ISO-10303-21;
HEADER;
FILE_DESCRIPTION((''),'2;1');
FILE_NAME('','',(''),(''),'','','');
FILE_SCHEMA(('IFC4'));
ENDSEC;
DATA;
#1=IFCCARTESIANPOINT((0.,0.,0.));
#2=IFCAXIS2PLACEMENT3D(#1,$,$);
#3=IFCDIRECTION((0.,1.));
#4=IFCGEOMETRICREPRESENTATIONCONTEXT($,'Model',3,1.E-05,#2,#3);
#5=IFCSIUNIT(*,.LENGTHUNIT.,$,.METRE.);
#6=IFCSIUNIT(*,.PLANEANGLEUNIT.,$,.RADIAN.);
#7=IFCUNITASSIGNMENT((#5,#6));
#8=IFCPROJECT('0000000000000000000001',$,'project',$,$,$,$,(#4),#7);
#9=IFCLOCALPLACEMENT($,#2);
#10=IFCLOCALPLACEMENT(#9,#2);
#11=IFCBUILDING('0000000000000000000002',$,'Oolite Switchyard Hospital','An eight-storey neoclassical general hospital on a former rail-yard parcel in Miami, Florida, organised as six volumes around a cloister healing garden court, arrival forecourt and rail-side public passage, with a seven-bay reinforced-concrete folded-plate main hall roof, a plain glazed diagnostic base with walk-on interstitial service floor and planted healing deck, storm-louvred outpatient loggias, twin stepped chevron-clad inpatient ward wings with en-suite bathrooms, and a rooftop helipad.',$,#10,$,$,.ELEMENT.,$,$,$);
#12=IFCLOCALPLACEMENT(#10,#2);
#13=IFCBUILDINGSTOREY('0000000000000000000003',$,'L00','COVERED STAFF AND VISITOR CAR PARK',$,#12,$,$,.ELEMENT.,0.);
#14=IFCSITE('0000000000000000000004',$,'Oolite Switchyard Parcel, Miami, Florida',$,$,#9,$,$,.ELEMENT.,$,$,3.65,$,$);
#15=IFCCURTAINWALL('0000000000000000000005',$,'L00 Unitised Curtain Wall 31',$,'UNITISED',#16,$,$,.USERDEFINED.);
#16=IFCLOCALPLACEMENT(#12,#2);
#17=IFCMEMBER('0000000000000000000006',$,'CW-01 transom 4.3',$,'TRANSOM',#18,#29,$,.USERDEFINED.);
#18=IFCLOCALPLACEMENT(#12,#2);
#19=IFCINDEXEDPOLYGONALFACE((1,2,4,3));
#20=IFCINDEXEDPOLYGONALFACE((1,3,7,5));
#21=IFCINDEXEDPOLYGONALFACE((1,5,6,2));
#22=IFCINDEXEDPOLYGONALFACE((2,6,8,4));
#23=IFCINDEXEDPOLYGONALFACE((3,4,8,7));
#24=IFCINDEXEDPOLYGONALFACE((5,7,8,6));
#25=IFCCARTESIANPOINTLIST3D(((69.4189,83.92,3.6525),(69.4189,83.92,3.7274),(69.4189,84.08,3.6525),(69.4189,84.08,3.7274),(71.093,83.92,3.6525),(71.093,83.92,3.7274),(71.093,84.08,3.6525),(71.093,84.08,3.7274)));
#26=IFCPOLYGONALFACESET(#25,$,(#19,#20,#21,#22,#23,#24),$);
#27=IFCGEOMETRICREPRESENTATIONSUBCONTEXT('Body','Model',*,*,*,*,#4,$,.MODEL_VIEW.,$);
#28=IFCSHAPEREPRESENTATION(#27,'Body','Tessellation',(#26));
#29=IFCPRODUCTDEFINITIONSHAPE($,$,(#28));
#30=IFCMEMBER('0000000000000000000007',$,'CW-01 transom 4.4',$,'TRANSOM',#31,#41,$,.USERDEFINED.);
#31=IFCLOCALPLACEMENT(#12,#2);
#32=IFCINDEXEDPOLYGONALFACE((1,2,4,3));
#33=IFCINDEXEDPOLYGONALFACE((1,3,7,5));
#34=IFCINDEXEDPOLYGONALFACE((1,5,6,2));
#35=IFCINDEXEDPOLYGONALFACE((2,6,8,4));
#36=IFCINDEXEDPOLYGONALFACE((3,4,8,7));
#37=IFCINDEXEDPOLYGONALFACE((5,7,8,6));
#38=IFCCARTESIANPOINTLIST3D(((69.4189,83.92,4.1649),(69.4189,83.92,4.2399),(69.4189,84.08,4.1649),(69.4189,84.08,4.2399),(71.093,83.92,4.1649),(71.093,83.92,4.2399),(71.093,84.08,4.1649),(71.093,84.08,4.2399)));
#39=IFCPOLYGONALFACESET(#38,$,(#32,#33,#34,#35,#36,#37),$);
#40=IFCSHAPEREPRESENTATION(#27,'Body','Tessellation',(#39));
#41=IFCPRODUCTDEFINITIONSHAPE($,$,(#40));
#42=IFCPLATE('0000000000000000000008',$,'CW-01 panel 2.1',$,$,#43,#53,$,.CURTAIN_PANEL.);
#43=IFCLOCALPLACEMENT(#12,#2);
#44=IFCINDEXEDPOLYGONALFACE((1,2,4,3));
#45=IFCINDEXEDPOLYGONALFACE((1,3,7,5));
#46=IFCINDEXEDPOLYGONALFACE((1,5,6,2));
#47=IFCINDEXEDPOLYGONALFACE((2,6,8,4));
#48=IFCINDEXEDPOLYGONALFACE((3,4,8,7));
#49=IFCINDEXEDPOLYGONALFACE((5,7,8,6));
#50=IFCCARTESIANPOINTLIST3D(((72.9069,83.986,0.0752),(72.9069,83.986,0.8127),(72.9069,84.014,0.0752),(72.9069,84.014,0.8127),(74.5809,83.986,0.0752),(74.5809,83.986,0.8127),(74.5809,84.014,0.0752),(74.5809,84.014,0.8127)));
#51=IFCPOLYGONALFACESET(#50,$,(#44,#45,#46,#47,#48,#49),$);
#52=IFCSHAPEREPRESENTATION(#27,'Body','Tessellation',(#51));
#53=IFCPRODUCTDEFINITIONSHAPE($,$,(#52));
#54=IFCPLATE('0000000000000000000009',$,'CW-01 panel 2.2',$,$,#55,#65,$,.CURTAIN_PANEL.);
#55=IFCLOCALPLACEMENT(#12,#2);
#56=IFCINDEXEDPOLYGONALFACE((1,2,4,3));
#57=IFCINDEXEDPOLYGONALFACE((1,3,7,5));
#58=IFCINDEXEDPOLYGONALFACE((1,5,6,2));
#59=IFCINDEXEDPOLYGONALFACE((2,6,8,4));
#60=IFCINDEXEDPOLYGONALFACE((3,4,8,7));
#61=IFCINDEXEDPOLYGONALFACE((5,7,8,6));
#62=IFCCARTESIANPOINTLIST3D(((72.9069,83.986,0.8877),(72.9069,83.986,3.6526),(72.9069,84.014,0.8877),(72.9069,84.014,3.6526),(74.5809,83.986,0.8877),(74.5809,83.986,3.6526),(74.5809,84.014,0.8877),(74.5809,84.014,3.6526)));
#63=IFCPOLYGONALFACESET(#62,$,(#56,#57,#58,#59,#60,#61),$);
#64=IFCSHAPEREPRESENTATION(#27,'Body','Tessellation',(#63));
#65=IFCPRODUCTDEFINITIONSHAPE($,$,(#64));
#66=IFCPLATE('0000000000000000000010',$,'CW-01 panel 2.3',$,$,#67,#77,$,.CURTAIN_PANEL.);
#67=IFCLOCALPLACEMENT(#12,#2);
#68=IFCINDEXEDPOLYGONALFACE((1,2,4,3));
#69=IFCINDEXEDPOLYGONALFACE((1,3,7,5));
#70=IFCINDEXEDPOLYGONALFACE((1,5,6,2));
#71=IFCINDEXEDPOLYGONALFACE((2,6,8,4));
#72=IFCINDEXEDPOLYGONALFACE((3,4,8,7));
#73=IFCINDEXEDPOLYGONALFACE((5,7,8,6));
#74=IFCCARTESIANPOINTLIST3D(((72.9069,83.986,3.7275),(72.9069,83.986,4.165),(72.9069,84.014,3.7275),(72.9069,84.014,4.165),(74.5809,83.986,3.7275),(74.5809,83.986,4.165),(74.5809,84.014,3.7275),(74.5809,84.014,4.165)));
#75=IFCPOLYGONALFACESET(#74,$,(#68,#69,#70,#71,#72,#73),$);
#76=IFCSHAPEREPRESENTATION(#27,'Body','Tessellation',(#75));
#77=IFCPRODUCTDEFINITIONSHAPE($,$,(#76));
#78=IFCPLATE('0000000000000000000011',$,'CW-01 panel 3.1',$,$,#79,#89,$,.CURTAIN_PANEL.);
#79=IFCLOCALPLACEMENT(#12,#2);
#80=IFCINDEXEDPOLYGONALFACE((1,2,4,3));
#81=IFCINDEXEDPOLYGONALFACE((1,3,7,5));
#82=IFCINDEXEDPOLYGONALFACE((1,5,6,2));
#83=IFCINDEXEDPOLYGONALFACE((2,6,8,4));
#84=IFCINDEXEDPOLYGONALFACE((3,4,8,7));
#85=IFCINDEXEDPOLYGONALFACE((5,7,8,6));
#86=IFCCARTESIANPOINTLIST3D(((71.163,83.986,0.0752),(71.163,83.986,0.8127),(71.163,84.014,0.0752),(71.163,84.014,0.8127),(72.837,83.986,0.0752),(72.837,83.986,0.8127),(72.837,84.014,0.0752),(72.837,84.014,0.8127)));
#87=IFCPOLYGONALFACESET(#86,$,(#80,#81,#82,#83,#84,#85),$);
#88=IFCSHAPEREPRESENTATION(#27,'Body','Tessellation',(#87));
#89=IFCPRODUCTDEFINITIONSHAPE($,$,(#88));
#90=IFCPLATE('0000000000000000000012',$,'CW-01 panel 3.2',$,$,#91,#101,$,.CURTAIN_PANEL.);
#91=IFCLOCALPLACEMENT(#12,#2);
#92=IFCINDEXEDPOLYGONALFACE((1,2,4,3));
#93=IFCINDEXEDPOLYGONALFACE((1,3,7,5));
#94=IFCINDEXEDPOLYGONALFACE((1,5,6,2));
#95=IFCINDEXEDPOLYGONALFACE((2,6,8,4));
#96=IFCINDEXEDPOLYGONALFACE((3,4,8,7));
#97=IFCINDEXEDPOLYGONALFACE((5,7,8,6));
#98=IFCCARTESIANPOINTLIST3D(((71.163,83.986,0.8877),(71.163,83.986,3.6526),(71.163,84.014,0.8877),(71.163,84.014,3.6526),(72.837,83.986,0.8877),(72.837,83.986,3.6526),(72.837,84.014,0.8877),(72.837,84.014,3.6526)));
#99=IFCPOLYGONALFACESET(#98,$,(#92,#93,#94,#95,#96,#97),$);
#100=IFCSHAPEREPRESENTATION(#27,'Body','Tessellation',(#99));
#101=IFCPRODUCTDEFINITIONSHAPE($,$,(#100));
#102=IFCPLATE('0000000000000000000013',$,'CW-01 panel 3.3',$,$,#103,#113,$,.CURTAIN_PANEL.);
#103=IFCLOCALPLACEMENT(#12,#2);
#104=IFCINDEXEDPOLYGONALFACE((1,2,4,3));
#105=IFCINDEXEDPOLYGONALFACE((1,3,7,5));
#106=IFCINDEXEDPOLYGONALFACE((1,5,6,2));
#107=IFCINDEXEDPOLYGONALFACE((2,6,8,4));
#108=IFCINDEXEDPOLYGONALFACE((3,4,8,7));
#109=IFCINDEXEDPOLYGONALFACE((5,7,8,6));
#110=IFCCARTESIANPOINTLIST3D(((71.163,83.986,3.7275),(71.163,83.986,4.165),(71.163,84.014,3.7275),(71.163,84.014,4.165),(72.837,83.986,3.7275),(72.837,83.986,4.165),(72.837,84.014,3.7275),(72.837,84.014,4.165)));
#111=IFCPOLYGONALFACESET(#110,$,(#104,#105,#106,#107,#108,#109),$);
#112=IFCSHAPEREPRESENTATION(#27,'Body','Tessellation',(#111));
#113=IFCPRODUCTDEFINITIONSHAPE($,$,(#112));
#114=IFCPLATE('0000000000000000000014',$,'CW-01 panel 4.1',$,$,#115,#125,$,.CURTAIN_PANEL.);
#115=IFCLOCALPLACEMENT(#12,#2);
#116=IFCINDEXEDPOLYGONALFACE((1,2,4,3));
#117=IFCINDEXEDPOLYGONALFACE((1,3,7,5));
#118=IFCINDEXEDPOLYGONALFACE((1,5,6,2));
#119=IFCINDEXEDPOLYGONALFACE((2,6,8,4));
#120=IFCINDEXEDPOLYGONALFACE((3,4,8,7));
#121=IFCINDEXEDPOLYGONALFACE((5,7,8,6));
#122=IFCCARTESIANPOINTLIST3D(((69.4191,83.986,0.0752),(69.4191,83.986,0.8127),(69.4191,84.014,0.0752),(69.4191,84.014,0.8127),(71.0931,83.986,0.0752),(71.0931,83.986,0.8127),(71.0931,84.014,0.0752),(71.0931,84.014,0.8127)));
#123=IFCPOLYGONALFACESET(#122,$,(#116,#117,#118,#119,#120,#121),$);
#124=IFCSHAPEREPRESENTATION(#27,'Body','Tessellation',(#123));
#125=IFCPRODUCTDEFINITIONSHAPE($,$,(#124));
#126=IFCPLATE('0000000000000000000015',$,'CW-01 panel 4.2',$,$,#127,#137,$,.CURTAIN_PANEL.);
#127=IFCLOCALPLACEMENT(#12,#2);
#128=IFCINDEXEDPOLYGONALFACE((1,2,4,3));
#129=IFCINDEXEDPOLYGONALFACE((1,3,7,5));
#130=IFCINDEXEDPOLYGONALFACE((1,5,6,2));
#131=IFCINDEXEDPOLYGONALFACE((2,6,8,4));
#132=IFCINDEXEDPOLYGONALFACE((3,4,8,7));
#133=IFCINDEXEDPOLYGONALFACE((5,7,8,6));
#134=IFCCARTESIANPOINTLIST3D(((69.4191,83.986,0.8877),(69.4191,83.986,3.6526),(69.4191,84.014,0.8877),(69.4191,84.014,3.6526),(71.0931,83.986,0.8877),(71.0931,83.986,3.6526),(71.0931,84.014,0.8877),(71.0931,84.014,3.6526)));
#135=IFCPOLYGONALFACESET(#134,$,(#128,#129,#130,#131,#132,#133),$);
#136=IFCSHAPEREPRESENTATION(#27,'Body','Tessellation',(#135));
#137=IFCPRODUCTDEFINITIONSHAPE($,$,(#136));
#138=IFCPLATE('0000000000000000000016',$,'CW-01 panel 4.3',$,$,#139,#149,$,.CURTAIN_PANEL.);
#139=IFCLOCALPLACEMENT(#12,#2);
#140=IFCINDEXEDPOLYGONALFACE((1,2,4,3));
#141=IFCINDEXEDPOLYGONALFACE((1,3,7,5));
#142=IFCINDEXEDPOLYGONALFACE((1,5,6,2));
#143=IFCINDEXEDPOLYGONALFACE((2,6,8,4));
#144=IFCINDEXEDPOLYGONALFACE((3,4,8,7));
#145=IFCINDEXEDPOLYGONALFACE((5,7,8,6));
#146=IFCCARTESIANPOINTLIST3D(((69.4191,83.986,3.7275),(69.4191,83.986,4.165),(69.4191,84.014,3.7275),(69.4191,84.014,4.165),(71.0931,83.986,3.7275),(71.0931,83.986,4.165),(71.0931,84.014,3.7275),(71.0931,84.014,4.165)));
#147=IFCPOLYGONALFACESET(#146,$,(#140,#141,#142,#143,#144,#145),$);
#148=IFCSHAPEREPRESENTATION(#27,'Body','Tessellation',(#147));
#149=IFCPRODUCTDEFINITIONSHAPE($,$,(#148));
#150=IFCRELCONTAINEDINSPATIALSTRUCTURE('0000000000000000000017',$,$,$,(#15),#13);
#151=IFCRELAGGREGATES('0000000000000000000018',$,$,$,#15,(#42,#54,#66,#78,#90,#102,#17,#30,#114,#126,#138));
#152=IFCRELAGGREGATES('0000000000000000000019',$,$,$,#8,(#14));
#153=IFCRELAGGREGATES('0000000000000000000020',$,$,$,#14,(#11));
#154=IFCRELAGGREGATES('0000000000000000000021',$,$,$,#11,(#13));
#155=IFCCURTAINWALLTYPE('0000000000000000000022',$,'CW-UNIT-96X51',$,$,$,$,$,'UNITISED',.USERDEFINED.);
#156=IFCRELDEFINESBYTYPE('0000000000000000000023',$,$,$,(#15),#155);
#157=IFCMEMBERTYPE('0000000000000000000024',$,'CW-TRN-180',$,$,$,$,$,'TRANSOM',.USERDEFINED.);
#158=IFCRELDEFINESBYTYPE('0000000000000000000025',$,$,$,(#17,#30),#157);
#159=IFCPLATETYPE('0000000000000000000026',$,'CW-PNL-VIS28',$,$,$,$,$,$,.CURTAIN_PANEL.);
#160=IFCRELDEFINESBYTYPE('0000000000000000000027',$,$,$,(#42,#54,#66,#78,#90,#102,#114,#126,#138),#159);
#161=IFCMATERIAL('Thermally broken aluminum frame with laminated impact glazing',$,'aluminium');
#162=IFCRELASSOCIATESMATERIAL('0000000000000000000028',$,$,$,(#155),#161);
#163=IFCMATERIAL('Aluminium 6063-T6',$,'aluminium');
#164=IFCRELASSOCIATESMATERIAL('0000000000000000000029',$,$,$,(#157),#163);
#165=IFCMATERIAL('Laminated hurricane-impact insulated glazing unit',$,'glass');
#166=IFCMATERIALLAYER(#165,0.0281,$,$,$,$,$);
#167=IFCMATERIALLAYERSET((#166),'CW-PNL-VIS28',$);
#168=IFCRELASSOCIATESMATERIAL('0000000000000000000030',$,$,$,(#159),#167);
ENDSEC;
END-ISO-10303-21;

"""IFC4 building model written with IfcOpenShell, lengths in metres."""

from ifc_helpers import new_model, si_unit, direction, frame, origin, origin_2d, place, context, subcontext, project, spatial, rectangle, extrude, material, layer, layer_set, material_profile, profile_set, type_object, element, aggregate, save


model = new_model("IFC4")

# Units and contexts
model_context = context("Model", 3, precision=1e-05, world=origin(), true_north=direction((0.0, 1.0)))
body_context = subcontext(model_context, "Body", "Model", "MODEL_VIEW")
ifc_project = project(units=[si_unit("LENGTHUNIT", "METRE"), si_unit("PLANEANGLEUNIT", "RADIAN")], contexts=[model_context])

# Site, building, storey
site_placement = place(None, origin())
site = spatial("IfcSite", under=ifc_project, at=site_placement, Name="Oolite Switchyard Parcel, Miami, Florida", CompositionType="ELEMENT", RefElevation=3.65)
building_placement = place(site_placement, origin())
building = spatial("IfcBuilding", under=site, at=building_placement, Name="Oolite Switchyard Hospital", Description="An eight-storey neoclassical general hospital on a former rail-yard parcel in Miami, Florida, organised as six volumes around a cloister healing garden court, arrival forecourt and rail-side public passage, with a seven-bay reinforced-concrete folded-plate main hall roof, a plain glazed diagnostic base with walk-on interstitial service floor and planted healing deck, storm-louvred outpatient loggias, twin stepped chevron-clad inpatient ward wings with en-suite bathrooms, and a rooftop helipad.", CompositionType="ELEMENT")
storey_placement = place(building_placement, origin())
storey = spatial("IfcBuildingStorey", under=building, at=storey_placement, Name="L00", Description="COVERED STAFF AND VISITOR CAR PARK", CompositionType="ELEMENT", Elevation=0.0)

# Curtain wall, members, plates
ifc_material_1 = material(Name="Thermally broken aluminum frame with laminated impact glazing", Category="aluminium")
curtain_wall_type = type_object("IfcCurtainWallType", Name="CW-UNIT-96X51", ElementType="UNITISED", PredefinedType="USERDEFINED", material=ifc_material_1)
curtain_wall_placement = place(storey_placement, origin())
curtain_wall = element("IfcCurtainWall", 1, at=curtain_wall_placement, inside=storey, type_object=curtain_wall_type, Name="L00 Unitised Curtain Wall 31", ObjectType="UNITISED", PredefinedType="USERDEFINED")
ifc_material_2 = material(Name="Aluminium 6063-T6", Category="aluminium")
ifc_material_profile_1 = material_profile(ifc_material_2, rectangle(XDim=0.1599, YDim=0.075, at=origin_2d()), Name="CWT75X160")
ifc_profile_set_1 = profile_set([ifc_material_profile_1], Name="Aluminium 6063-T6")
member_type_1 = type_object("IfcMemberType", Name="CW-TRN-180", ElementType="TRANSOM", PredefinedType="USERDEFINED", material=ifc_profile_set_1)
member_1_placement = place(storey_placement, frame((71.093, 84.0, 3.6899), z_axis=(-1.0, 0.0, 0.0), x_axis=(0.0, -1.0, 0.0)))
member_1 = element("IfcMember", 2, at=member_1_placement, type_object=member_type_1, Name="CW-01 transom 4.3", ObjectType="TRANSOM", PredefinedType="USERDEFINED", context=body_context, shape_type="SweptSolid", body=[
    extrude(rectangle(XDim=0.1599, YDim=0.075, at=origin_2d()), origin(), (0.0, 0.0, 1.0), 1.6741),
])
member_2_placement = place(storey_placement, frame((71.093, 84.0, 4.2024), z_axis=(-1.0, 0.0, 0.0), x_axis=(0.0, -1.0, 0.0)))
member_2 = element("IfcMember", 3, at=member_2_placement, type_object=member_type_1, Name="CW-01 transom 4.4", ObjectType="TRANSOM", PredefinedType="USERDEFINED", context=body_context, shape_type="SweptSolid", body=[
    extrude(rectangle(XDim=0.1599, YDim=0.075, at=origin_2d()), origin(), (0.0, 0.0, 1.0), 1.6741),
])
ifc_material_3 = material(Name="Laminated hurricane-impact insulated glazing unit", Category="glass")
ifc_layer = layer(ifc_material_3, 0.0281)
ifc_layer_set = layer_set([ifc_layer], Name="CW-PNL-VIS28")
plate_type = type_object("IfcPlateType", Name="CW-PNL-VIS28", PredefinedType="CURTAIN_PANEL", material=ifc_layer_set)
plate_1_placement = place(storey_placement, frame((73.7439, 84.0, 0.0752), z_axis=(0.0, 0.0, 1.0), x_axis=(-1.0, 0.0, 0.0)))
plate_1 = element("IfcPlate", 4, at=plate_1_placement, type_object=plate_type, Name="CW-01 panel 2.1", PredefinedType="CURTAIN_PANEL", context=body_context, shape_type="SweptSolid", body=[
    extrude(rectangle(XDim=1.6741, YDim=0.0281, at=origin_2d()), origin(), (0.0, 0.0, 1.0), 0.7375),
])
plate_2_placement = place(storey_placement, frame((73.7439, 84.0, 0.8877), z_axis=(0.0, 0.0, 1.0), x_axis=(-1.0, 0.0, 0.0)))
plate_2 = element("IfcPlate", 5, at=plate_2_placement, type_object=plate_type, Name="CW-01 panel 2.2", PredefinedType="CURTAIN_PANEL", context=body_context, shape_type="SweptSolid", body=[
    extrude(rectangle(XDim=1.6741, YDim=0.0281, at=origin_2d()), origin(), (0.0, 0.0, 1.0), 2.7649),
])
plate_3_placement = place(storey_placement, frame((73.7439, 84.0, 3.7275), z_axis=(0.0, 0.0, 1.0), x_axis=(-1.0, 0.0, 0.0)))
plate_3 = element("IfcPlate", 6, at=plate_3_placement, type_object=plate_type, Name="CW-01 panel 2.3", PredefinedType="CURTAIN_PANEL", context=body_context, shape_type="SweptSolid", body=[
    extrude(rectangle(XDim=1.6741, YDim=0.0281, at=origin_2d()), origin(), (0.0, 0.0, 1.0), 0.4375),
])
plate_4_placement = place(storey_placement, frame((72.0, 84.0, 0.0752), z_axis=(0.0, 0.0, 1.0), x_axis=(-1.0, 0.0, 0.0)))
plate_4 = element("IfcPlate", 7, at=plate_4_placement, type_object=plate_type, Name="CW-01 panel 3.1", PredefinedType="CURTAIN_PANEL", context=body_context, shape_type="SweptSolid", body=[
    extrude(rectangle(XDim=1.6741, YDim=0.0281, at=origin_2d()), origin(), (0.0, 0.0, 1.0), 0.7375),
])
plate_5_placement = place(storey_placement, frame((72.0, 84.0, 0.8877), z_axis=(0.0, 0.0, 1.0), x_axis=(-1.0, 0.0, 0.0)))
plate_5 = element("IfcPlate", 8, at=plate_5_placement, type_object=plate_type, Name="CW-01 panel 3.2", PredefinedType="CURTAIN_PANEL", context=body_context, shape_type="SweptSolid", body=[
    extrude(rectangle(XDim=1.6741, YDim=0.0281, at=origin_2d()), origin(), (0.0, 0.0, 1.0), 2.7649),
])
plate_6_placement = place(storey_placement, frame((72.0, 84.0, 3.7275), z_axis=(0.0, 0.0, 1.0), x_axis=(-1.0, 0.0, 0.0)))
plate_6 = element("IfcPlate", 9, at=plate_6_placement, type_object=plate_type, Name="CW-01 panel 3.3", PredefinedType="CURTAIN_PANEL", context=body_context, shape_type="SweptSolid", body=[
    extrude(rectangle(XDim=1.6741, YDim=0.0281, at=origin_2d()), origin(), (0.0, 0.0, 1.0), 0.4375),
])
plate_7_placement = place(storey_placement, frame((70.2561, 84.0, 0.0752), z_axis=(0.0, 0.0, 1.0), x_axis=(-1.0, 0.0, 0.0)))
plate_7 = element("IfcPlate", 10, at=plate_7_placement, type_object=plate_type, Name="CW-01 panel 4.1", PredefinedType="CURTAIN_PANEL", context=body_context, shape_type="SweptSolid", body=[
    extrude(rectangle(XDim=1.6741, YDim=0.0281, at=origin_2d()), origin(), (0.0, 0.0, 1.0), 0.7375),
])
plate_8_placement = place(storey_placement, frame((70.2561, 84.0, 0.8877), z_axis=(0.0, 0.0, 1.0), x_axis=(-1.0, 0.0, 0.0)))
plate_8 = element("IfcPlate", 11, at=plate_8_placement, type_object=plate_type, Name="CW-01 panel 4.2", PredefinedType="CURTAIN_PANEL", context=body_context, shape_type="SweptSolid", body=[
    extrude(rectangle(XDim=1.6741, YDim=0.0281, at=origin_2d()), origin(), (0.0, 0.0, 1.0), 2.7649),
])
plate_9_placement = place(storey_placement, frame((70.2561, 84.0, 3.7275), z_axis=(0.0, 0.0, 1.0), x_axis=(-1.0, 0.0, 0.0)))
plate_9 = element("IfcPlate", 12, at=plate_9_placement, type_object=plate_type, Name="CW-01 panel 4.3", PredefinedType="CURTAIN_PANEL", context=body_context, shape_type="SweptSolid", body=[
    extrude(rectangle(XDim=1.6741, YDim=0.0281, at=origin_2d()), origin(), (0.0, 0.0, 1.0), 0.4375),
])
aggregate(curtain_wall, [plate_1, plate_2, plate_3, plate_4, plate_5, plate_6, member_1, member_2, plate_7, plate_8, plate_9])

save(model, "model.ifc")
